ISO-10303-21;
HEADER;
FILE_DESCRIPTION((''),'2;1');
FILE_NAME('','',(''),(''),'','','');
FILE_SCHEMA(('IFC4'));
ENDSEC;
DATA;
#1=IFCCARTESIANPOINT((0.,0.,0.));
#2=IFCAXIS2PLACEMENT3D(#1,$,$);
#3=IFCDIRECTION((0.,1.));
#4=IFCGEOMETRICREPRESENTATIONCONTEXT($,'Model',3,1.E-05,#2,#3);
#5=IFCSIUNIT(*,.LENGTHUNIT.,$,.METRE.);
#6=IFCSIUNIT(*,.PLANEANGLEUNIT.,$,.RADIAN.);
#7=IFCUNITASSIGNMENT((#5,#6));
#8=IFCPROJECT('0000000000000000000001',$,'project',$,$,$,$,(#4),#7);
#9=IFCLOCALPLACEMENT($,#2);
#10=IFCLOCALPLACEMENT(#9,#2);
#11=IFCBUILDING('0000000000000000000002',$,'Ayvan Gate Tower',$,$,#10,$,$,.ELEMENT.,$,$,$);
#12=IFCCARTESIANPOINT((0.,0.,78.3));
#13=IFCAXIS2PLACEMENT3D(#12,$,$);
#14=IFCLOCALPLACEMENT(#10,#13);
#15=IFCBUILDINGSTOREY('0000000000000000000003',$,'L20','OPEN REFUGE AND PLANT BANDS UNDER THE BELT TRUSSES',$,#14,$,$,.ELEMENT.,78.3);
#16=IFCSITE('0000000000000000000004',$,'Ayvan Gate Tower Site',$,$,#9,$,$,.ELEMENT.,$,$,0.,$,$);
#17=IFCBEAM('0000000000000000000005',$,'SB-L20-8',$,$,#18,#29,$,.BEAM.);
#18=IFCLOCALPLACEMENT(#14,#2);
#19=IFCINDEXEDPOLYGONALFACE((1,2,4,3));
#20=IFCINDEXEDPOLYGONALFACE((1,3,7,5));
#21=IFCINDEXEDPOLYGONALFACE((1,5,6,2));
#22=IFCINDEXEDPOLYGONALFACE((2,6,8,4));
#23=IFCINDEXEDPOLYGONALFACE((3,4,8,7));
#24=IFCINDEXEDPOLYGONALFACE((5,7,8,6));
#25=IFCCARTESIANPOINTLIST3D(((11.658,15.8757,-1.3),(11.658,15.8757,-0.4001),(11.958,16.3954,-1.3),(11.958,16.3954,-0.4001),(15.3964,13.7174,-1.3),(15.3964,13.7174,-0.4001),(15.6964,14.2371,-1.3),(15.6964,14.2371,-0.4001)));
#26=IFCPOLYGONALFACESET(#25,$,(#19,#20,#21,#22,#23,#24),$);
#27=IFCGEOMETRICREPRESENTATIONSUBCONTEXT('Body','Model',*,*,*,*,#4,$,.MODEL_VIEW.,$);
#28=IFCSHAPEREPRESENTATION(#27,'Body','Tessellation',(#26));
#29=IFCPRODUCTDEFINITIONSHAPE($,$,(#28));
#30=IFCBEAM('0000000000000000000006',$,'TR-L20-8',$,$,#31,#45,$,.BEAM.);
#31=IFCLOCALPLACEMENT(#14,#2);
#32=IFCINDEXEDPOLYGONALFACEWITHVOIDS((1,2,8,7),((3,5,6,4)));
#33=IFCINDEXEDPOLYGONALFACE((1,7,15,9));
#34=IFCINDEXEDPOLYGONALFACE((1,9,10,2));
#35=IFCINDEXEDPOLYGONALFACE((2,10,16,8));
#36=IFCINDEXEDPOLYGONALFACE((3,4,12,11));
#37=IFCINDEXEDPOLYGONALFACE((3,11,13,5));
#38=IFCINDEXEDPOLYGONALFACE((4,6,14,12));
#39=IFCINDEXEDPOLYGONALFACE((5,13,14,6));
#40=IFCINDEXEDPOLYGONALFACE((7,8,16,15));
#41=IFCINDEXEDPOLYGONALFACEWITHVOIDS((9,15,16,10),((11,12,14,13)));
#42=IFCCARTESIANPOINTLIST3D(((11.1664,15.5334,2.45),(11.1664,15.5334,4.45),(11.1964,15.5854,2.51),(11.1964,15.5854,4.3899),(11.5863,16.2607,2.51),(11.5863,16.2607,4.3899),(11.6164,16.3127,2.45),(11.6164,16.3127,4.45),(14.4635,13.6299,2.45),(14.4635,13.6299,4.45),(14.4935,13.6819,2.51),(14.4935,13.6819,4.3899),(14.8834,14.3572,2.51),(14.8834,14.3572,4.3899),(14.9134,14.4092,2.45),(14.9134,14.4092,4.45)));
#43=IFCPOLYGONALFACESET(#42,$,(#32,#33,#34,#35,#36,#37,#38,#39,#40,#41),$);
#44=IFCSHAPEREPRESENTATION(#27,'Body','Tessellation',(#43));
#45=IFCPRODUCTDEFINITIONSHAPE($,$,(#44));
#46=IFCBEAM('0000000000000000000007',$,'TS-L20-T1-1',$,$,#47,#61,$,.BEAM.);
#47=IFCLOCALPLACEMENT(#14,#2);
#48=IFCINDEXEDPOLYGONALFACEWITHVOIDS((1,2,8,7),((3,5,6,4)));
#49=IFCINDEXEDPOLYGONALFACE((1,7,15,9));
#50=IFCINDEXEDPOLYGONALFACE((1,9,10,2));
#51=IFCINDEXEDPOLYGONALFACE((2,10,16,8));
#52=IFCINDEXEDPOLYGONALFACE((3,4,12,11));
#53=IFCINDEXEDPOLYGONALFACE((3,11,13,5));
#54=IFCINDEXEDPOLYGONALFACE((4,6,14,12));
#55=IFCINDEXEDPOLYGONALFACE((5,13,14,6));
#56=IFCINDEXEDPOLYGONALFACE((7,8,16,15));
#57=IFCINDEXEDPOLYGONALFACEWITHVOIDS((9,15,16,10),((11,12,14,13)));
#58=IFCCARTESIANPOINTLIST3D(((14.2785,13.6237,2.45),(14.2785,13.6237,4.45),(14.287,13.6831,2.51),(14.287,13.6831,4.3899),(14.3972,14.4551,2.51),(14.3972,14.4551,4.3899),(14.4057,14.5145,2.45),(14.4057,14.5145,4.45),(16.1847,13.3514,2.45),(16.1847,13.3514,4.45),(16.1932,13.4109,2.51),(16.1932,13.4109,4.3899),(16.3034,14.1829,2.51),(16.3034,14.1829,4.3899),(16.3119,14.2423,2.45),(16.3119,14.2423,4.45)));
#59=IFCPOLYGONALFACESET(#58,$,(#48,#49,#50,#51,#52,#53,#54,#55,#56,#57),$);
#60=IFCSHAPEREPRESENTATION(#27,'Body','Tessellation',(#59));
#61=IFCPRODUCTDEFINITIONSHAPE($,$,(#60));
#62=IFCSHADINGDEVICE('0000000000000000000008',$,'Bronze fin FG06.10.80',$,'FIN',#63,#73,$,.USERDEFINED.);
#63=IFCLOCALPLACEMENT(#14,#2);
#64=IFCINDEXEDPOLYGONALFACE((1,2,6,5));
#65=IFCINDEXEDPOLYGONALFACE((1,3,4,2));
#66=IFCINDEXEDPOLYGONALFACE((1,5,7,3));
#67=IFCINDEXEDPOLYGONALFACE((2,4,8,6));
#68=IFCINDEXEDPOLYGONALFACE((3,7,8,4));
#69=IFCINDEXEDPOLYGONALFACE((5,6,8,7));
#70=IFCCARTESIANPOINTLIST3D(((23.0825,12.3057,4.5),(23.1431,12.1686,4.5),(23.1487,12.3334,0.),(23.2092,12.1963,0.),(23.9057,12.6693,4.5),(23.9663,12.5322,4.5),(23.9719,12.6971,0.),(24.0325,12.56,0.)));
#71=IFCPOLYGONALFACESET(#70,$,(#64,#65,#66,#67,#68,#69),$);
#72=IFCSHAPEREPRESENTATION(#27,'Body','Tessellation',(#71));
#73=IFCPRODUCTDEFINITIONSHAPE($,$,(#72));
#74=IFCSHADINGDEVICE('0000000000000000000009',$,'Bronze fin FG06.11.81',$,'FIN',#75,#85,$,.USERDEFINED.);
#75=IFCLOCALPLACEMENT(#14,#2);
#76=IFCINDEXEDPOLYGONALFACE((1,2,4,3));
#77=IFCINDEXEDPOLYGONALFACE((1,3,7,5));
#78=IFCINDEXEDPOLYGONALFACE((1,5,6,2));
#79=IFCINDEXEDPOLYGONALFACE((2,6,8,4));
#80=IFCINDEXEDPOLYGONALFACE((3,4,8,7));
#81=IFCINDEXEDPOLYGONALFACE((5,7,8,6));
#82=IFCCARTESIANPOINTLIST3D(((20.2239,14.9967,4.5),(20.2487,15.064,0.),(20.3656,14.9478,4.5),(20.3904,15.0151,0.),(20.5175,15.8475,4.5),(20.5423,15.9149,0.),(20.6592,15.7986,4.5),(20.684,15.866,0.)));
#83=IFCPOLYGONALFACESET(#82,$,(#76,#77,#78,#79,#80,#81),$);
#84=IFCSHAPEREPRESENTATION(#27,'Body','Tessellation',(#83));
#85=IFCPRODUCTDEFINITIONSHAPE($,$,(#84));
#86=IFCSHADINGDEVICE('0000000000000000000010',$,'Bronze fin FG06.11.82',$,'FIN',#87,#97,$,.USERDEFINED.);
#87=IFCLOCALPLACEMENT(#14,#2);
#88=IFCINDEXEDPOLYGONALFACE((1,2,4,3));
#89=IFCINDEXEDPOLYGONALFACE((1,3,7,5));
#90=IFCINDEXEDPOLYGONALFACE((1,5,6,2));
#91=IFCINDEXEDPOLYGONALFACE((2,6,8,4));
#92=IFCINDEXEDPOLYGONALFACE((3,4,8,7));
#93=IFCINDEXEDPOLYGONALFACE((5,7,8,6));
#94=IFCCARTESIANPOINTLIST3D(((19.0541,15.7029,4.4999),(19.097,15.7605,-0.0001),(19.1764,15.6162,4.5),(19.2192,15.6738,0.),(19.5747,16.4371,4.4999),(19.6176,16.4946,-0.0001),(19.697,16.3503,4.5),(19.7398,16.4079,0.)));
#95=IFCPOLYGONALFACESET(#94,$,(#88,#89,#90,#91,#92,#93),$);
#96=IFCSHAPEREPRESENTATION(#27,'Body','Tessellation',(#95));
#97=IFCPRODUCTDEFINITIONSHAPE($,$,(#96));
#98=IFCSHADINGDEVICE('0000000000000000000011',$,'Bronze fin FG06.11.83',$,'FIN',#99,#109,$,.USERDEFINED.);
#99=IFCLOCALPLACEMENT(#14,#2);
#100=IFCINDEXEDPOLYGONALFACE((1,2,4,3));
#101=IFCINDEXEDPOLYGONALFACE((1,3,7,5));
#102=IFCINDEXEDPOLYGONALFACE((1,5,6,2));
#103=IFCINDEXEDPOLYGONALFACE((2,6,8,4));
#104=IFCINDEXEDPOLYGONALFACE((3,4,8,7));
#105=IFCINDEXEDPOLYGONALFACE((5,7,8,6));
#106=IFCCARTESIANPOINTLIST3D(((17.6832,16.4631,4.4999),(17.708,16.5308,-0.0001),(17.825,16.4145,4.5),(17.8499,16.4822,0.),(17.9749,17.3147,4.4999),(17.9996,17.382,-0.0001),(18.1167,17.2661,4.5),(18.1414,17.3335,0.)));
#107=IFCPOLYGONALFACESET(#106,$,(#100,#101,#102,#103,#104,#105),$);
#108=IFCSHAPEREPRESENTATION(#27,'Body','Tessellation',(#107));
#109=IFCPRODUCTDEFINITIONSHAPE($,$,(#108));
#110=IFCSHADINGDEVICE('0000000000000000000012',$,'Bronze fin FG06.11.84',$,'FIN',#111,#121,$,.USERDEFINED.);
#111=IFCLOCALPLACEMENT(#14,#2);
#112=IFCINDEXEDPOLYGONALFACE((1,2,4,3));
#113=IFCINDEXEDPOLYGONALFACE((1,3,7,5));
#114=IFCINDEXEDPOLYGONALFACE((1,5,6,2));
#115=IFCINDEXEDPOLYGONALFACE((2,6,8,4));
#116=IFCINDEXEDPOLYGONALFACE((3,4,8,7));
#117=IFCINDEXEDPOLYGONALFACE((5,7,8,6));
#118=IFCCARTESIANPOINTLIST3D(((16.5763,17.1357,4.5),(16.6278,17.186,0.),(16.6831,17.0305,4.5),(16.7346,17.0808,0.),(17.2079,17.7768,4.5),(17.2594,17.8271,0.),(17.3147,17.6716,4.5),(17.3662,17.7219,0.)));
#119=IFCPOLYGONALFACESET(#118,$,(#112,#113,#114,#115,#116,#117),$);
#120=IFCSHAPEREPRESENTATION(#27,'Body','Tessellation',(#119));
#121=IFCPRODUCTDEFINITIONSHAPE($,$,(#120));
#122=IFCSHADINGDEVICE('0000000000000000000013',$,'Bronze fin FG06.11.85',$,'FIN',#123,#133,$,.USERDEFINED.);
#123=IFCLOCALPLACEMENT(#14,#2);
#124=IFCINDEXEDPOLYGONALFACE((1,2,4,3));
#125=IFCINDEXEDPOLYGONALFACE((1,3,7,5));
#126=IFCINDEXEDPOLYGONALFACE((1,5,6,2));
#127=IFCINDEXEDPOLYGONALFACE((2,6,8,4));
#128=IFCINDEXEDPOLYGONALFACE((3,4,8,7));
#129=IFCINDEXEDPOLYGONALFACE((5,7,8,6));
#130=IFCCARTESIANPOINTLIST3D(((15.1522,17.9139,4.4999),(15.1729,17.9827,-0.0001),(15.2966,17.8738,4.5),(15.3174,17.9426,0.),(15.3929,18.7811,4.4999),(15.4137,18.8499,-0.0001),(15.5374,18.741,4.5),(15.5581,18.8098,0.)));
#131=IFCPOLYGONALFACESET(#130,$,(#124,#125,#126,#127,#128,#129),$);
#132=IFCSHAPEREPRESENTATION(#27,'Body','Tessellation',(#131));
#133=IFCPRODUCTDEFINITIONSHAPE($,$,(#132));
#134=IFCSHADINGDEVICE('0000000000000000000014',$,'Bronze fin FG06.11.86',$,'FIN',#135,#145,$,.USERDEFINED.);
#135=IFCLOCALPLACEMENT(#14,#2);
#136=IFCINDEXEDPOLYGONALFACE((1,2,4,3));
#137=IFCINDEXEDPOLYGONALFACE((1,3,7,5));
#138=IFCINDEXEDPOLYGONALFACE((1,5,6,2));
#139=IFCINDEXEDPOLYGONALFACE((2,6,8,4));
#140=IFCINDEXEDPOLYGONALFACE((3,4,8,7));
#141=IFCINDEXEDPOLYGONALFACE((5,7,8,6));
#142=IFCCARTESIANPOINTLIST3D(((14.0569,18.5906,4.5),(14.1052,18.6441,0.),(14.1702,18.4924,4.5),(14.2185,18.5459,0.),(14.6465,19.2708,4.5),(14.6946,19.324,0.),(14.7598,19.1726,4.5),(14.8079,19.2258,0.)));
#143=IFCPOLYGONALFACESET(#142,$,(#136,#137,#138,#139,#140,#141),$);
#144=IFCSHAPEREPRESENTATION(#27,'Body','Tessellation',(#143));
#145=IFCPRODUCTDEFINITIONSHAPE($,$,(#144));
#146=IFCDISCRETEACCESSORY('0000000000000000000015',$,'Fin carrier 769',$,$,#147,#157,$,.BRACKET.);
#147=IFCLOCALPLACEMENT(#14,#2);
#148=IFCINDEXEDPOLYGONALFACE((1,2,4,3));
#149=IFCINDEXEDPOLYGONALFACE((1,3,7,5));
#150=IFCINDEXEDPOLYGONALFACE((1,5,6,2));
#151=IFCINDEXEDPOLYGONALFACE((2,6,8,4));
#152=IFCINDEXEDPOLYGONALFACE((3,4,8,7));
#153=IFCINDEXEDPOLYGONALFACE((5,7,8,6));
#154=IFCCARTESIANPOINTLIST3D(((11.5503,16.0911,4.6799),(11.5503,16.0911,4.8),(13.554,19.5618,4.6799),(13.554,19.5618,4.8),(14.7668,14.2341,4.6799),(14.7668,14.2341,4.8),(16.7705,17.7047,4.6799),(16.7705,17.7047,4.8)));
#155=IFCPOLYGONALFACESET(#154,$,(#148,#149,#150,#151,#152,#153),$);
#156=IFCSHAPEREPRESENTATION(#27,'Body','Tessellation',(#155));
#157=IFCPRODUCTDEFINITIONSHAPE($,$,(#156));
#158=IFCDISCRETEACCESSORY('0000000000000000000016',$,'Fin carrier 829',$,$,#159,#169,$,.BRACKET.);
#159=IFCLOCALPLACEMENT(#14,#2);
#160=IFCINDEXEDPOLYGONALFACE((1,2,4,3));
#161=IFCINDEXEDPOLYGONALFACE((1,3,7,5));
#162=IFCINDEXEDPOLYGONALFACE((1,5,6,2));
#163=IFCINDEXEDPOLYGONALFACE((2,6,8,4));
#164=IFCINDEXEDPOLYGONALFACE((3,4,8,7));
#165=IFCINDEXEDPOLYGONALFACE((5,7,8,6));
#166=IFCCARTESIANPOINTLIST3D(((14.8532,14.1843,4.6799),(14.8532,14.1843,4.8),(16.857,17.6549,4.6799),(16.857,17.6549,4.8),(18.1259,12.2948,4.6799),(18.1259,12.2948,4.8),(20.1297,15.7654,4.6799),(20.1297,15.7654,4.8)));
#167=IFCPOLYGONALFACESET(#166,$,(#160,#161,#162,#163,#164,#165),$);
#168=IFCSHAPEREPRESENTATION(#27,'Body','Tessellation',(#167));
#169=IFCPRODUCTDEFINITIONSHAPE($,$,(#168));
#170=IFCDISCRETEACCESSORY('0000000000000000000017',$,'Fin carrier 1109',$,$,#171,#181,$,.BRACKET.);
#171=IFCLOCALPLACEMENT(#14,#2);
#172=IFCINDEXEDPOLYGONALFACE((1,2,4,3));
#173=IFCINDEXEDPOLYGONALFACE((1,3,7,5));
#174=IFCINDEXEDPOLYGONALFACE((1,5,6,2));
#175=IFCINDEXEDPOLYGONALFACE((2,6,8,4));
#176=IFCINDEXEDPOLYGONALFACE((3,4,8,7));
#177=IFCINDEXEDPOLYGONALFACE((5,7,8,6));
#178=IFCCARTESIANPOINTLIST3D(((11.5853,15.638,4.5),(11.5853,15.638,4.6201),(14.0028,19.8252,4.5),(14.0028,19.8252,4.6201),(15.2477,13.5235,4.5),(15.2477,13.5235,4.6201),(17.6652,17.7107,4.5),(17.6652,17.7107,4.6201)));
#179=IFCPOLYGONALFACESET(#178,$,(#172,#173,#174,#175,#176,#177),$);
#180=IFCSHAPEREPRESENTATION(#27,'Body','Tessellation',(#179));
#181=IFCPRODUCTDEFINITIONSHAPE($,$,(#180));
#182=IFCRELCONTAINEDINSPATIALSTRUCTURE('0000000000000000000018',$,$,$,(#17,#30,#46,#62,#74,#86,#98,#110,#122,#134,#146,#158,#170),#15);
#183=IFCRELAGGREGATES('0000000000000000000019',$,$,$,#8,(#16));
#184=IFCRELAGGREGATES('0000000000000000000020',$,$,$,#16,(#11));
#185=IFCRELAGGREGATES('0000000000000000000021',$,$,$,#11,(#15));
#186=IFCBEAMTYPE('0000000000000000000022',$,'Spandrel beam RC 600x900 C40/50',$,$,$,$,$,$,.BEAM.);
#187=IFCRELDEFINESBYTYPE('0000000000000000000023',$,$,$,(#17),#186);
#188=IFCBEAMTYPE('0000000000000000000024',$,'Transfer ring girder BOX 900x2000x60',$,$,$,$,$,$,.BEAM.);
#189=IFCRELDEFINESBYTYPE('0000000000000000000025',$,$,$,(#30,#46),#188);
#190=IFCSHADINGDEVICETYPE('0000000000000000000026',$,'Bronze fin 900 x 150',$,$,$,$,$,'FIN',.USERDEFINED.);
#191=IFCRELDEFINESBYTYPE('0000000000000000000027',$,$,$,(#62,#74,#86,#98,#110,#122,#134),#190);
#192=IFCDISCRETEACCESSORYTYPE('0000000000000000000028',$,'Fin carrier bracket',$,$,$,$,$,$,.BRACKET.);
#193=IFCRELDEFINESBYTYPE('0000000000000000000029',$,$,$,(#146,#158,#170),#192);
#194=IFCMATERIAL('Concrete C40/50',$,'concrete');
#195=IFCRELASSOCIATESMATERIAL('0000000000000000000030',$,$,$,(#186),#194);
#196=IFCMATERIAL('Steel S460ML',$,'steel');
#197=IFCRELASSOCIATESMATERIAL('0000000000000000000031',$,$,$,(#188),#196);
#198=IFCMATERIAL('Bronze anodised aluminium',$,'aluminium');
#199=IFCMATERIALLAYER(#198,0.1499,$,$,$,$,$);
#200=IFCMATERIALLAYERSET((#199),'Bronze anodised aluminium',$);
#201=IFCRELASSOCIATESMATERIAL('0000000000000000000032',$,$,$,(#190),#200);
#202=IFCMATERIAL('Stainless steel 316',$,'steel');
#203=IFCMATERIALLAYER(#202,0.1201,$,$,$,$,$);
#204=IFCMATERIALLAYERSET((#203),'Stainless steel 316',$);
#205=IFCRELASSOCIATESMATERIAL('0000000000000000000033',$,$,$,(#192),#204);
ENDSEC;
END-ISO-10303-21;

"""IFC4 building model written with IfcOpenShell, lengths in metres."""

from ifc_helpers import new_model, si_unit, direction, frame, origin, origin_2d, place, context, subcontext, project, spatial, polyline, rectangle, hollow_rectangle, outline, extrude, material, layer, layer_set, material_profile, profile_set, type_object, element, save


model = new_model("IFC4")

# Units and contexts
model_context = context("Model", 3, precision=1e-05, world=origin(), true_north=direction((0.0, 1.0)))
body_context = subcontext(model_context, "Body", "Model", "MODEL_VIEW")
ifc_project = project(units=[si_unit("LENGTHUNIT", "METRE"), si_unit("PLANEANGLEUNIT", "RADIAN")], contexts=[model_context])

# Site, building, storey
site_placement = place(None, origin())
site = spatial("IfcSite", under=ifc_project, at=site_placement, Name="Ayvan Gate Tower Site", CompositionType="ELEMENT", RefElevation=0.0)
building_placement = place(site_placement, origin())
building = spatial("IfcBuilding", under=site, at=building_placement, Name="Ayvan Gate Tower", CompositionType="ELEMENT")
storey_placement = place(building_placement, frame((0.0, 0.0, 78.3)))
storey = spatial("IfcBuildingStorey", under=building, at=storey_placement, Name="L20", Description="OPEN REFUGE AND PLANT BANDS UNDER THE BELT TRUSSES", CompositionType="ELEMENT", Elevation=78.3)

# Shared definitions
ifc_material_1 = material(Name="Steel S460ML", Category="steel")

# Beams
ifc_material_2 = material(Name="Concrete C40/50", Category="concrete")
ifc_material_profile_1 = material_profile(ifc_material_2, rectangle(XDim=0.6001, YDim=0.8999, at=origin_2d()), Name="RC 600x900")
ifc_profile_set_1 = profile_set([ifc_material_profile_1], Name="Concrete C40/50")
beam_type_1 = type_object("IfcBeamType", Name="Spandrel beam RC 600x900 C40/50", PredefinedType="BEAM", material=ifc_profile_set_1)
beam_1_placement = place(storey_placement, frame((15.5464, 13.9773, -0.8501), z_axis=(-0.866035, 0.499984, 0.0), x_axis=(-0.499984, -0.866035, 0.0)))
element("IfcBeam", 1, at=beam_1_placement, inside=storey, type_object=beam_type_1, Name="SB-L20-8", PredefinedType="BEAM", context=body_context, shape_type="SweptSolid", body=[
    extrude(rectangle(XDim=0.6001, YDim=0.8999, at=origin_2d()), origin(), (0.0, 0.0, 1.0), 4.3167),
])
ifc_material_profile_2 = material_profile(ifc_material_1, hollow_rectangle(XDim=0.8999, YDim=2.0, WallThickness=0.0601, at=origin_2d()), Name="BOX 900x2000x60")
ifc_profile_set_2 = profile_set([ifc_material_profile_2], Name="Steel S460ML")
beam_type_2 = type_object("IfcBeamType", Name="Transfer ring girder BOX 900x2000x60", PredefinedType="BEAM", material=ifc_profile_set_2)
beam_2_placement = place(storey_placement, frame((14.6885, 14.0195, 3.45), z_axis=(-0.866029, 0.499994, 0.0), x_axis=(-0.499994, -0.866029, 0.0)))
element("IfcBeam", 2, at=beam_2_placement, inside=storey, type_object=beam_type_2, Name="TR-L20-8", PredefinedType="BEAM", context=body_context, shape_type="SweptSolid", body=[
    extrude(hollow_rectangle(XDim=0.8999, YDim=2.0, WallThickness=0.0601, at=origin_2d()), origin(), (0.0, 0.0, 1.0), 3.8071),
])
beam_3_placement = place(storey_placement, frame((16.2483, 13.7969, 3.45), z_axis=(-0.989957, 0.141368, 0.0), x_axis=(-0.141368, -0.989957, 0.0)))
element("IfcBeam", 3, at=beam_3_placement, inside=storey, type_object=beam_type_2, Name="TS-L20-T1-1", PredefinedType="BEAM", context=body_context, shape_type="SweptSolid", body=[
    extrude(hollow_rectangle(XDim=0.8999, YDim=2.0, WallThickness=0.0601, at=origin_2d()), origin(), (0.0, 0.0, 1.0), 1.9255),
])

# Shading devices
ifc_material_3 = material(Name="Bronze anodised aluminium", Category="aluminium")
ifc_layer_1 = layer(ifc_material_3, 0.1499)
ifc_layer_set_1 = layer_set([ifc_layer_1], Name="Bronze anodised aluminium")
shading_device_type = type_object("IfcShadingDeviceType", Name="Bronze fin 900 x 150", ElementType="FIN", PredefinedType="USERDEFINED", material=ifc_layer_set_1)
shading_device_1_placement = place(storey_placement, frame((23.2092, 12.1963, 0.0), z_axis=(0.404061, -0.914732, 0.000308), x_axis=(0.914732, 0.404061, 0.0)))
element("IfcShadingDevice", 4, at=shading_device_1_placement, inside=storey, type_object=shading_device_type, Name="Bronze fin FG06.10.80", ObjectType="FIN", PredefinedType="USERDEFINED", context=body_context, shape_type="SweptSolid", body=[
    extrude(outline(polyline([(0.0, 0.0), (0.9, 0.0), (0.8283, 4.5), (-0.0717, 4.5), (0.0, 0.0)])), origin(), (0.0, 0.0, -1.0), 0.1499),
])
shading_device_2_placement = place(storey_placement, frame((20.3904, 15.0151, 0.0), z_axis=(0.945308, -0.326179, 0.000321), x_axis=(0.326179, 0.945308, 0.0)))
element("IfcShadingDevice", 5, at=shading_device_2_placement, inside=storey, type_object=shading_device_type, Name="Bronze fin FG06.11.81", ObjectType="FIN", PredefinedType="USERDEFINED", context=body_context, shape_type="SweptSolid", body=[
    extrude(outline(polyline([(0.0, 0.0), (0.9001, 0.0), (0.8283, 4.5), (-0.0717, 4.5), (0.0, 0.0)])), origin(), (0.0, 0.0, -1.0), 0.1499),
])
shading_device_3_placement = place(storey_placement, frame((19.2192, 15.6738, 0.0), z_axis=(0.815699, -0.578476, 0.00036), x_axis=(0.578476, 0.815699, 0.0)))
element("IfcShadingDevice", 6, at=shading_device_3_placement, inside=storey, type_object=shading_device_type, Name="Bronze fin FG06.11.82", ObjectType="FIN", PredefinedType="USERDEFINED", context=body_context, shape_type="SweptSolid", body=[
    extrude(outline(polyline([(0.0, 0.0), (0.8999, 0.0), (0.8282, 4.5), (-0.0719, 4.5), (0.0, 0.0)])), origin(), (0.0, 0.0, -1.0), 0.1499),
])
shading_device_4_placement = place(storey_placement, frame((17.8499, 16.4822, 0.0), z_axis=(0.946047, -0.32403, 0.000349), x_axis=(0.32403, 0.946047, 0.0)))
element("IfcShadingDevice", 7, at=shading_device_4_placement, inside=storey, type_object=shading_device_type, Name="Bronze fin FG06.11.83", ObjectType="FIN", PredefinedType="USERDEFINED", context=body_context, shape_type="SweptSolid", body=[
    extrude(outline(polyline([(0.0, 0.0), (0.8998, 0.0), (0.8281, 4.5), (-0.072, 4.5), (0.0, 0.0)])), origin(), (0.0, 0.0, -1.0), 0.1499),
])
shading_device_5_placement = place(storey_placement, frame((16.7346, 17.0808, 0.0), z_axis=(0.712377, -0.701797, 0.000311), x_axis=(0.701797, 0.712377, 0.0)))
element("IfcShadingDevice", 8, at=shading_device_5_placement, inside=storey, type_object=shading_device_type, Name="Bronze fin FG06.11.84", ObjectType="FIN", PredefinedType="USERDEFINED", context=body_context, shape_type="SweptSolid", body=[
    extrude(outline(polyline([(0.0, 0.0), (0.9, 0.0), (0.828, 4.5), (-0.072, 4.5), (0.0, 0.0)])), origin(), (0.0, 0.0, -1.0), 0.1499),
])
shading_device_6_placement = place(storey_placement, frame((15.3174, 17.9426, 0.0), z_axis=(0.963564, -0.267476, 0.000351), x_axis=(0.267476, 0.963565, 0.0)))
element("IfcShadingDevice", 9, at=shading_device_6_placement, inside=storey, type_object=shading_device_type, Name="Bronze fin FG06.11.85", ObjectType="FIN", PredefinedType="USERDEFINED", context=body_context, shape_type="SweptSolid", body=[
    extrude(outline(polyline([(0.0, 0.0), (0.9, 0.0), (0.8281, 4.5), (-0.0719, 4.5), (0.0, 0.0)])), origin(), (0.0, 0.0, -1.0), 0.1499),
])
shading_device_7_placement = place(storey_placement, frame((14.2185, 18.5459, 0.0), z_axis=(0.755635, -0.654992, 0.000332), x_axis=(0.654993, 0.755635, 0.0)))
element("IfcShadingDevice", 10, at=shading_device_7_placement, inside=storey, type_object=shading_device_type, Name="Bronze fin FG06.11.86", ObjectType="FIN", PredefinedType="USERDEFINED", context=body_context, shape_type="SweptSolid", body=[
    extrude(outline(polyline([(0.0, 0.0), (0.8998, 0.0), (0.8281, 4.5), (-0.0721, 4.5), (0.0, 0.0)])), origin(), (0.0, 0.0, -1.0), 0.1499),
])

# Discrete accessories
ifc_material_4 = material(Name="Stainless steel 316", Category="steel")
ifc_layer_2 = layer(ifc_material_4, 0.1201)
ifc_layer_set_2 = layer_set([ifc_layer_2], Name="Stainless steel 316")
discrete_accessory_type_1 = type_object("IfcDiscreteAccessoryType", Name="Fin carrier bracket", PredefinedType="BRACKET", material=ifc_layer_set_2)
discrete_accessory_1_placement = place(storey_placement, frame((14.1604, 16.8979, 4.6799), z_axis=(0.0, 0.0, 1.0), x_axis=(-0.866025, 0.5, 0.0)))
element("IfcDiscreteAccessory", 11, at=discrete_accessory_1_placement, inside=storey, type_object=discrete_accessory_type_1, Name="Fin carrier 769", PredefinedType="BRACKET", context=body_context, shape_type="SweptSolid", body=[
    extrude(rectangle(XDim=3.7141, YDim=4.0076, at=origin_2d()), origin(), (0.0, 0.0, 1.0), 0.1201),
])
discrete_accessory_2_placement = place(storey_placement, frame((17.4915, 14.9749, 4.6799), z_axis=(0.0, 0.0, 1.0), x_axis=(-0.866025, 0.5, 0.0)))
element("IfcDiscreteAccessory", 12, at=discrete_accessory_2_placement, inside=storey, type_object=discrete_accessory_type_1, Name="Fin carrier 829", PredefinedType="BRACKET", context=body_context, shape_type="SweptSolid", body=[
    extrude(rectangle(XDim=3.7791, YDim=4.0076, at=origin_2d()), origin(), (0.0, 0.0, 1.0), 0.1201),
])
discrete_accessory_3_placement = place(storey_placement, frame((14.6252, 16.6743, 4.5), z_axis=(0.0, 0.0, 1.0), x_axis=(-0.866025, 0.5, 0.0)))
element("IfcDiscreteAccessory", 13, at=discrete_accessory_3_placement, inside=storey, type_object=discrete_accessory_type_1, Name="Fin carrier 1109", PredefinedType="BRACKET", context=body_context, shape_type="SweptSolid", body=[
    extrude(rectangle(XDim=4.229, YDim=4.835, at=origin_2d()), origin(), (0.0, 0.0, 1.0), 0.1201),
])

save(model, "model.ifc")
